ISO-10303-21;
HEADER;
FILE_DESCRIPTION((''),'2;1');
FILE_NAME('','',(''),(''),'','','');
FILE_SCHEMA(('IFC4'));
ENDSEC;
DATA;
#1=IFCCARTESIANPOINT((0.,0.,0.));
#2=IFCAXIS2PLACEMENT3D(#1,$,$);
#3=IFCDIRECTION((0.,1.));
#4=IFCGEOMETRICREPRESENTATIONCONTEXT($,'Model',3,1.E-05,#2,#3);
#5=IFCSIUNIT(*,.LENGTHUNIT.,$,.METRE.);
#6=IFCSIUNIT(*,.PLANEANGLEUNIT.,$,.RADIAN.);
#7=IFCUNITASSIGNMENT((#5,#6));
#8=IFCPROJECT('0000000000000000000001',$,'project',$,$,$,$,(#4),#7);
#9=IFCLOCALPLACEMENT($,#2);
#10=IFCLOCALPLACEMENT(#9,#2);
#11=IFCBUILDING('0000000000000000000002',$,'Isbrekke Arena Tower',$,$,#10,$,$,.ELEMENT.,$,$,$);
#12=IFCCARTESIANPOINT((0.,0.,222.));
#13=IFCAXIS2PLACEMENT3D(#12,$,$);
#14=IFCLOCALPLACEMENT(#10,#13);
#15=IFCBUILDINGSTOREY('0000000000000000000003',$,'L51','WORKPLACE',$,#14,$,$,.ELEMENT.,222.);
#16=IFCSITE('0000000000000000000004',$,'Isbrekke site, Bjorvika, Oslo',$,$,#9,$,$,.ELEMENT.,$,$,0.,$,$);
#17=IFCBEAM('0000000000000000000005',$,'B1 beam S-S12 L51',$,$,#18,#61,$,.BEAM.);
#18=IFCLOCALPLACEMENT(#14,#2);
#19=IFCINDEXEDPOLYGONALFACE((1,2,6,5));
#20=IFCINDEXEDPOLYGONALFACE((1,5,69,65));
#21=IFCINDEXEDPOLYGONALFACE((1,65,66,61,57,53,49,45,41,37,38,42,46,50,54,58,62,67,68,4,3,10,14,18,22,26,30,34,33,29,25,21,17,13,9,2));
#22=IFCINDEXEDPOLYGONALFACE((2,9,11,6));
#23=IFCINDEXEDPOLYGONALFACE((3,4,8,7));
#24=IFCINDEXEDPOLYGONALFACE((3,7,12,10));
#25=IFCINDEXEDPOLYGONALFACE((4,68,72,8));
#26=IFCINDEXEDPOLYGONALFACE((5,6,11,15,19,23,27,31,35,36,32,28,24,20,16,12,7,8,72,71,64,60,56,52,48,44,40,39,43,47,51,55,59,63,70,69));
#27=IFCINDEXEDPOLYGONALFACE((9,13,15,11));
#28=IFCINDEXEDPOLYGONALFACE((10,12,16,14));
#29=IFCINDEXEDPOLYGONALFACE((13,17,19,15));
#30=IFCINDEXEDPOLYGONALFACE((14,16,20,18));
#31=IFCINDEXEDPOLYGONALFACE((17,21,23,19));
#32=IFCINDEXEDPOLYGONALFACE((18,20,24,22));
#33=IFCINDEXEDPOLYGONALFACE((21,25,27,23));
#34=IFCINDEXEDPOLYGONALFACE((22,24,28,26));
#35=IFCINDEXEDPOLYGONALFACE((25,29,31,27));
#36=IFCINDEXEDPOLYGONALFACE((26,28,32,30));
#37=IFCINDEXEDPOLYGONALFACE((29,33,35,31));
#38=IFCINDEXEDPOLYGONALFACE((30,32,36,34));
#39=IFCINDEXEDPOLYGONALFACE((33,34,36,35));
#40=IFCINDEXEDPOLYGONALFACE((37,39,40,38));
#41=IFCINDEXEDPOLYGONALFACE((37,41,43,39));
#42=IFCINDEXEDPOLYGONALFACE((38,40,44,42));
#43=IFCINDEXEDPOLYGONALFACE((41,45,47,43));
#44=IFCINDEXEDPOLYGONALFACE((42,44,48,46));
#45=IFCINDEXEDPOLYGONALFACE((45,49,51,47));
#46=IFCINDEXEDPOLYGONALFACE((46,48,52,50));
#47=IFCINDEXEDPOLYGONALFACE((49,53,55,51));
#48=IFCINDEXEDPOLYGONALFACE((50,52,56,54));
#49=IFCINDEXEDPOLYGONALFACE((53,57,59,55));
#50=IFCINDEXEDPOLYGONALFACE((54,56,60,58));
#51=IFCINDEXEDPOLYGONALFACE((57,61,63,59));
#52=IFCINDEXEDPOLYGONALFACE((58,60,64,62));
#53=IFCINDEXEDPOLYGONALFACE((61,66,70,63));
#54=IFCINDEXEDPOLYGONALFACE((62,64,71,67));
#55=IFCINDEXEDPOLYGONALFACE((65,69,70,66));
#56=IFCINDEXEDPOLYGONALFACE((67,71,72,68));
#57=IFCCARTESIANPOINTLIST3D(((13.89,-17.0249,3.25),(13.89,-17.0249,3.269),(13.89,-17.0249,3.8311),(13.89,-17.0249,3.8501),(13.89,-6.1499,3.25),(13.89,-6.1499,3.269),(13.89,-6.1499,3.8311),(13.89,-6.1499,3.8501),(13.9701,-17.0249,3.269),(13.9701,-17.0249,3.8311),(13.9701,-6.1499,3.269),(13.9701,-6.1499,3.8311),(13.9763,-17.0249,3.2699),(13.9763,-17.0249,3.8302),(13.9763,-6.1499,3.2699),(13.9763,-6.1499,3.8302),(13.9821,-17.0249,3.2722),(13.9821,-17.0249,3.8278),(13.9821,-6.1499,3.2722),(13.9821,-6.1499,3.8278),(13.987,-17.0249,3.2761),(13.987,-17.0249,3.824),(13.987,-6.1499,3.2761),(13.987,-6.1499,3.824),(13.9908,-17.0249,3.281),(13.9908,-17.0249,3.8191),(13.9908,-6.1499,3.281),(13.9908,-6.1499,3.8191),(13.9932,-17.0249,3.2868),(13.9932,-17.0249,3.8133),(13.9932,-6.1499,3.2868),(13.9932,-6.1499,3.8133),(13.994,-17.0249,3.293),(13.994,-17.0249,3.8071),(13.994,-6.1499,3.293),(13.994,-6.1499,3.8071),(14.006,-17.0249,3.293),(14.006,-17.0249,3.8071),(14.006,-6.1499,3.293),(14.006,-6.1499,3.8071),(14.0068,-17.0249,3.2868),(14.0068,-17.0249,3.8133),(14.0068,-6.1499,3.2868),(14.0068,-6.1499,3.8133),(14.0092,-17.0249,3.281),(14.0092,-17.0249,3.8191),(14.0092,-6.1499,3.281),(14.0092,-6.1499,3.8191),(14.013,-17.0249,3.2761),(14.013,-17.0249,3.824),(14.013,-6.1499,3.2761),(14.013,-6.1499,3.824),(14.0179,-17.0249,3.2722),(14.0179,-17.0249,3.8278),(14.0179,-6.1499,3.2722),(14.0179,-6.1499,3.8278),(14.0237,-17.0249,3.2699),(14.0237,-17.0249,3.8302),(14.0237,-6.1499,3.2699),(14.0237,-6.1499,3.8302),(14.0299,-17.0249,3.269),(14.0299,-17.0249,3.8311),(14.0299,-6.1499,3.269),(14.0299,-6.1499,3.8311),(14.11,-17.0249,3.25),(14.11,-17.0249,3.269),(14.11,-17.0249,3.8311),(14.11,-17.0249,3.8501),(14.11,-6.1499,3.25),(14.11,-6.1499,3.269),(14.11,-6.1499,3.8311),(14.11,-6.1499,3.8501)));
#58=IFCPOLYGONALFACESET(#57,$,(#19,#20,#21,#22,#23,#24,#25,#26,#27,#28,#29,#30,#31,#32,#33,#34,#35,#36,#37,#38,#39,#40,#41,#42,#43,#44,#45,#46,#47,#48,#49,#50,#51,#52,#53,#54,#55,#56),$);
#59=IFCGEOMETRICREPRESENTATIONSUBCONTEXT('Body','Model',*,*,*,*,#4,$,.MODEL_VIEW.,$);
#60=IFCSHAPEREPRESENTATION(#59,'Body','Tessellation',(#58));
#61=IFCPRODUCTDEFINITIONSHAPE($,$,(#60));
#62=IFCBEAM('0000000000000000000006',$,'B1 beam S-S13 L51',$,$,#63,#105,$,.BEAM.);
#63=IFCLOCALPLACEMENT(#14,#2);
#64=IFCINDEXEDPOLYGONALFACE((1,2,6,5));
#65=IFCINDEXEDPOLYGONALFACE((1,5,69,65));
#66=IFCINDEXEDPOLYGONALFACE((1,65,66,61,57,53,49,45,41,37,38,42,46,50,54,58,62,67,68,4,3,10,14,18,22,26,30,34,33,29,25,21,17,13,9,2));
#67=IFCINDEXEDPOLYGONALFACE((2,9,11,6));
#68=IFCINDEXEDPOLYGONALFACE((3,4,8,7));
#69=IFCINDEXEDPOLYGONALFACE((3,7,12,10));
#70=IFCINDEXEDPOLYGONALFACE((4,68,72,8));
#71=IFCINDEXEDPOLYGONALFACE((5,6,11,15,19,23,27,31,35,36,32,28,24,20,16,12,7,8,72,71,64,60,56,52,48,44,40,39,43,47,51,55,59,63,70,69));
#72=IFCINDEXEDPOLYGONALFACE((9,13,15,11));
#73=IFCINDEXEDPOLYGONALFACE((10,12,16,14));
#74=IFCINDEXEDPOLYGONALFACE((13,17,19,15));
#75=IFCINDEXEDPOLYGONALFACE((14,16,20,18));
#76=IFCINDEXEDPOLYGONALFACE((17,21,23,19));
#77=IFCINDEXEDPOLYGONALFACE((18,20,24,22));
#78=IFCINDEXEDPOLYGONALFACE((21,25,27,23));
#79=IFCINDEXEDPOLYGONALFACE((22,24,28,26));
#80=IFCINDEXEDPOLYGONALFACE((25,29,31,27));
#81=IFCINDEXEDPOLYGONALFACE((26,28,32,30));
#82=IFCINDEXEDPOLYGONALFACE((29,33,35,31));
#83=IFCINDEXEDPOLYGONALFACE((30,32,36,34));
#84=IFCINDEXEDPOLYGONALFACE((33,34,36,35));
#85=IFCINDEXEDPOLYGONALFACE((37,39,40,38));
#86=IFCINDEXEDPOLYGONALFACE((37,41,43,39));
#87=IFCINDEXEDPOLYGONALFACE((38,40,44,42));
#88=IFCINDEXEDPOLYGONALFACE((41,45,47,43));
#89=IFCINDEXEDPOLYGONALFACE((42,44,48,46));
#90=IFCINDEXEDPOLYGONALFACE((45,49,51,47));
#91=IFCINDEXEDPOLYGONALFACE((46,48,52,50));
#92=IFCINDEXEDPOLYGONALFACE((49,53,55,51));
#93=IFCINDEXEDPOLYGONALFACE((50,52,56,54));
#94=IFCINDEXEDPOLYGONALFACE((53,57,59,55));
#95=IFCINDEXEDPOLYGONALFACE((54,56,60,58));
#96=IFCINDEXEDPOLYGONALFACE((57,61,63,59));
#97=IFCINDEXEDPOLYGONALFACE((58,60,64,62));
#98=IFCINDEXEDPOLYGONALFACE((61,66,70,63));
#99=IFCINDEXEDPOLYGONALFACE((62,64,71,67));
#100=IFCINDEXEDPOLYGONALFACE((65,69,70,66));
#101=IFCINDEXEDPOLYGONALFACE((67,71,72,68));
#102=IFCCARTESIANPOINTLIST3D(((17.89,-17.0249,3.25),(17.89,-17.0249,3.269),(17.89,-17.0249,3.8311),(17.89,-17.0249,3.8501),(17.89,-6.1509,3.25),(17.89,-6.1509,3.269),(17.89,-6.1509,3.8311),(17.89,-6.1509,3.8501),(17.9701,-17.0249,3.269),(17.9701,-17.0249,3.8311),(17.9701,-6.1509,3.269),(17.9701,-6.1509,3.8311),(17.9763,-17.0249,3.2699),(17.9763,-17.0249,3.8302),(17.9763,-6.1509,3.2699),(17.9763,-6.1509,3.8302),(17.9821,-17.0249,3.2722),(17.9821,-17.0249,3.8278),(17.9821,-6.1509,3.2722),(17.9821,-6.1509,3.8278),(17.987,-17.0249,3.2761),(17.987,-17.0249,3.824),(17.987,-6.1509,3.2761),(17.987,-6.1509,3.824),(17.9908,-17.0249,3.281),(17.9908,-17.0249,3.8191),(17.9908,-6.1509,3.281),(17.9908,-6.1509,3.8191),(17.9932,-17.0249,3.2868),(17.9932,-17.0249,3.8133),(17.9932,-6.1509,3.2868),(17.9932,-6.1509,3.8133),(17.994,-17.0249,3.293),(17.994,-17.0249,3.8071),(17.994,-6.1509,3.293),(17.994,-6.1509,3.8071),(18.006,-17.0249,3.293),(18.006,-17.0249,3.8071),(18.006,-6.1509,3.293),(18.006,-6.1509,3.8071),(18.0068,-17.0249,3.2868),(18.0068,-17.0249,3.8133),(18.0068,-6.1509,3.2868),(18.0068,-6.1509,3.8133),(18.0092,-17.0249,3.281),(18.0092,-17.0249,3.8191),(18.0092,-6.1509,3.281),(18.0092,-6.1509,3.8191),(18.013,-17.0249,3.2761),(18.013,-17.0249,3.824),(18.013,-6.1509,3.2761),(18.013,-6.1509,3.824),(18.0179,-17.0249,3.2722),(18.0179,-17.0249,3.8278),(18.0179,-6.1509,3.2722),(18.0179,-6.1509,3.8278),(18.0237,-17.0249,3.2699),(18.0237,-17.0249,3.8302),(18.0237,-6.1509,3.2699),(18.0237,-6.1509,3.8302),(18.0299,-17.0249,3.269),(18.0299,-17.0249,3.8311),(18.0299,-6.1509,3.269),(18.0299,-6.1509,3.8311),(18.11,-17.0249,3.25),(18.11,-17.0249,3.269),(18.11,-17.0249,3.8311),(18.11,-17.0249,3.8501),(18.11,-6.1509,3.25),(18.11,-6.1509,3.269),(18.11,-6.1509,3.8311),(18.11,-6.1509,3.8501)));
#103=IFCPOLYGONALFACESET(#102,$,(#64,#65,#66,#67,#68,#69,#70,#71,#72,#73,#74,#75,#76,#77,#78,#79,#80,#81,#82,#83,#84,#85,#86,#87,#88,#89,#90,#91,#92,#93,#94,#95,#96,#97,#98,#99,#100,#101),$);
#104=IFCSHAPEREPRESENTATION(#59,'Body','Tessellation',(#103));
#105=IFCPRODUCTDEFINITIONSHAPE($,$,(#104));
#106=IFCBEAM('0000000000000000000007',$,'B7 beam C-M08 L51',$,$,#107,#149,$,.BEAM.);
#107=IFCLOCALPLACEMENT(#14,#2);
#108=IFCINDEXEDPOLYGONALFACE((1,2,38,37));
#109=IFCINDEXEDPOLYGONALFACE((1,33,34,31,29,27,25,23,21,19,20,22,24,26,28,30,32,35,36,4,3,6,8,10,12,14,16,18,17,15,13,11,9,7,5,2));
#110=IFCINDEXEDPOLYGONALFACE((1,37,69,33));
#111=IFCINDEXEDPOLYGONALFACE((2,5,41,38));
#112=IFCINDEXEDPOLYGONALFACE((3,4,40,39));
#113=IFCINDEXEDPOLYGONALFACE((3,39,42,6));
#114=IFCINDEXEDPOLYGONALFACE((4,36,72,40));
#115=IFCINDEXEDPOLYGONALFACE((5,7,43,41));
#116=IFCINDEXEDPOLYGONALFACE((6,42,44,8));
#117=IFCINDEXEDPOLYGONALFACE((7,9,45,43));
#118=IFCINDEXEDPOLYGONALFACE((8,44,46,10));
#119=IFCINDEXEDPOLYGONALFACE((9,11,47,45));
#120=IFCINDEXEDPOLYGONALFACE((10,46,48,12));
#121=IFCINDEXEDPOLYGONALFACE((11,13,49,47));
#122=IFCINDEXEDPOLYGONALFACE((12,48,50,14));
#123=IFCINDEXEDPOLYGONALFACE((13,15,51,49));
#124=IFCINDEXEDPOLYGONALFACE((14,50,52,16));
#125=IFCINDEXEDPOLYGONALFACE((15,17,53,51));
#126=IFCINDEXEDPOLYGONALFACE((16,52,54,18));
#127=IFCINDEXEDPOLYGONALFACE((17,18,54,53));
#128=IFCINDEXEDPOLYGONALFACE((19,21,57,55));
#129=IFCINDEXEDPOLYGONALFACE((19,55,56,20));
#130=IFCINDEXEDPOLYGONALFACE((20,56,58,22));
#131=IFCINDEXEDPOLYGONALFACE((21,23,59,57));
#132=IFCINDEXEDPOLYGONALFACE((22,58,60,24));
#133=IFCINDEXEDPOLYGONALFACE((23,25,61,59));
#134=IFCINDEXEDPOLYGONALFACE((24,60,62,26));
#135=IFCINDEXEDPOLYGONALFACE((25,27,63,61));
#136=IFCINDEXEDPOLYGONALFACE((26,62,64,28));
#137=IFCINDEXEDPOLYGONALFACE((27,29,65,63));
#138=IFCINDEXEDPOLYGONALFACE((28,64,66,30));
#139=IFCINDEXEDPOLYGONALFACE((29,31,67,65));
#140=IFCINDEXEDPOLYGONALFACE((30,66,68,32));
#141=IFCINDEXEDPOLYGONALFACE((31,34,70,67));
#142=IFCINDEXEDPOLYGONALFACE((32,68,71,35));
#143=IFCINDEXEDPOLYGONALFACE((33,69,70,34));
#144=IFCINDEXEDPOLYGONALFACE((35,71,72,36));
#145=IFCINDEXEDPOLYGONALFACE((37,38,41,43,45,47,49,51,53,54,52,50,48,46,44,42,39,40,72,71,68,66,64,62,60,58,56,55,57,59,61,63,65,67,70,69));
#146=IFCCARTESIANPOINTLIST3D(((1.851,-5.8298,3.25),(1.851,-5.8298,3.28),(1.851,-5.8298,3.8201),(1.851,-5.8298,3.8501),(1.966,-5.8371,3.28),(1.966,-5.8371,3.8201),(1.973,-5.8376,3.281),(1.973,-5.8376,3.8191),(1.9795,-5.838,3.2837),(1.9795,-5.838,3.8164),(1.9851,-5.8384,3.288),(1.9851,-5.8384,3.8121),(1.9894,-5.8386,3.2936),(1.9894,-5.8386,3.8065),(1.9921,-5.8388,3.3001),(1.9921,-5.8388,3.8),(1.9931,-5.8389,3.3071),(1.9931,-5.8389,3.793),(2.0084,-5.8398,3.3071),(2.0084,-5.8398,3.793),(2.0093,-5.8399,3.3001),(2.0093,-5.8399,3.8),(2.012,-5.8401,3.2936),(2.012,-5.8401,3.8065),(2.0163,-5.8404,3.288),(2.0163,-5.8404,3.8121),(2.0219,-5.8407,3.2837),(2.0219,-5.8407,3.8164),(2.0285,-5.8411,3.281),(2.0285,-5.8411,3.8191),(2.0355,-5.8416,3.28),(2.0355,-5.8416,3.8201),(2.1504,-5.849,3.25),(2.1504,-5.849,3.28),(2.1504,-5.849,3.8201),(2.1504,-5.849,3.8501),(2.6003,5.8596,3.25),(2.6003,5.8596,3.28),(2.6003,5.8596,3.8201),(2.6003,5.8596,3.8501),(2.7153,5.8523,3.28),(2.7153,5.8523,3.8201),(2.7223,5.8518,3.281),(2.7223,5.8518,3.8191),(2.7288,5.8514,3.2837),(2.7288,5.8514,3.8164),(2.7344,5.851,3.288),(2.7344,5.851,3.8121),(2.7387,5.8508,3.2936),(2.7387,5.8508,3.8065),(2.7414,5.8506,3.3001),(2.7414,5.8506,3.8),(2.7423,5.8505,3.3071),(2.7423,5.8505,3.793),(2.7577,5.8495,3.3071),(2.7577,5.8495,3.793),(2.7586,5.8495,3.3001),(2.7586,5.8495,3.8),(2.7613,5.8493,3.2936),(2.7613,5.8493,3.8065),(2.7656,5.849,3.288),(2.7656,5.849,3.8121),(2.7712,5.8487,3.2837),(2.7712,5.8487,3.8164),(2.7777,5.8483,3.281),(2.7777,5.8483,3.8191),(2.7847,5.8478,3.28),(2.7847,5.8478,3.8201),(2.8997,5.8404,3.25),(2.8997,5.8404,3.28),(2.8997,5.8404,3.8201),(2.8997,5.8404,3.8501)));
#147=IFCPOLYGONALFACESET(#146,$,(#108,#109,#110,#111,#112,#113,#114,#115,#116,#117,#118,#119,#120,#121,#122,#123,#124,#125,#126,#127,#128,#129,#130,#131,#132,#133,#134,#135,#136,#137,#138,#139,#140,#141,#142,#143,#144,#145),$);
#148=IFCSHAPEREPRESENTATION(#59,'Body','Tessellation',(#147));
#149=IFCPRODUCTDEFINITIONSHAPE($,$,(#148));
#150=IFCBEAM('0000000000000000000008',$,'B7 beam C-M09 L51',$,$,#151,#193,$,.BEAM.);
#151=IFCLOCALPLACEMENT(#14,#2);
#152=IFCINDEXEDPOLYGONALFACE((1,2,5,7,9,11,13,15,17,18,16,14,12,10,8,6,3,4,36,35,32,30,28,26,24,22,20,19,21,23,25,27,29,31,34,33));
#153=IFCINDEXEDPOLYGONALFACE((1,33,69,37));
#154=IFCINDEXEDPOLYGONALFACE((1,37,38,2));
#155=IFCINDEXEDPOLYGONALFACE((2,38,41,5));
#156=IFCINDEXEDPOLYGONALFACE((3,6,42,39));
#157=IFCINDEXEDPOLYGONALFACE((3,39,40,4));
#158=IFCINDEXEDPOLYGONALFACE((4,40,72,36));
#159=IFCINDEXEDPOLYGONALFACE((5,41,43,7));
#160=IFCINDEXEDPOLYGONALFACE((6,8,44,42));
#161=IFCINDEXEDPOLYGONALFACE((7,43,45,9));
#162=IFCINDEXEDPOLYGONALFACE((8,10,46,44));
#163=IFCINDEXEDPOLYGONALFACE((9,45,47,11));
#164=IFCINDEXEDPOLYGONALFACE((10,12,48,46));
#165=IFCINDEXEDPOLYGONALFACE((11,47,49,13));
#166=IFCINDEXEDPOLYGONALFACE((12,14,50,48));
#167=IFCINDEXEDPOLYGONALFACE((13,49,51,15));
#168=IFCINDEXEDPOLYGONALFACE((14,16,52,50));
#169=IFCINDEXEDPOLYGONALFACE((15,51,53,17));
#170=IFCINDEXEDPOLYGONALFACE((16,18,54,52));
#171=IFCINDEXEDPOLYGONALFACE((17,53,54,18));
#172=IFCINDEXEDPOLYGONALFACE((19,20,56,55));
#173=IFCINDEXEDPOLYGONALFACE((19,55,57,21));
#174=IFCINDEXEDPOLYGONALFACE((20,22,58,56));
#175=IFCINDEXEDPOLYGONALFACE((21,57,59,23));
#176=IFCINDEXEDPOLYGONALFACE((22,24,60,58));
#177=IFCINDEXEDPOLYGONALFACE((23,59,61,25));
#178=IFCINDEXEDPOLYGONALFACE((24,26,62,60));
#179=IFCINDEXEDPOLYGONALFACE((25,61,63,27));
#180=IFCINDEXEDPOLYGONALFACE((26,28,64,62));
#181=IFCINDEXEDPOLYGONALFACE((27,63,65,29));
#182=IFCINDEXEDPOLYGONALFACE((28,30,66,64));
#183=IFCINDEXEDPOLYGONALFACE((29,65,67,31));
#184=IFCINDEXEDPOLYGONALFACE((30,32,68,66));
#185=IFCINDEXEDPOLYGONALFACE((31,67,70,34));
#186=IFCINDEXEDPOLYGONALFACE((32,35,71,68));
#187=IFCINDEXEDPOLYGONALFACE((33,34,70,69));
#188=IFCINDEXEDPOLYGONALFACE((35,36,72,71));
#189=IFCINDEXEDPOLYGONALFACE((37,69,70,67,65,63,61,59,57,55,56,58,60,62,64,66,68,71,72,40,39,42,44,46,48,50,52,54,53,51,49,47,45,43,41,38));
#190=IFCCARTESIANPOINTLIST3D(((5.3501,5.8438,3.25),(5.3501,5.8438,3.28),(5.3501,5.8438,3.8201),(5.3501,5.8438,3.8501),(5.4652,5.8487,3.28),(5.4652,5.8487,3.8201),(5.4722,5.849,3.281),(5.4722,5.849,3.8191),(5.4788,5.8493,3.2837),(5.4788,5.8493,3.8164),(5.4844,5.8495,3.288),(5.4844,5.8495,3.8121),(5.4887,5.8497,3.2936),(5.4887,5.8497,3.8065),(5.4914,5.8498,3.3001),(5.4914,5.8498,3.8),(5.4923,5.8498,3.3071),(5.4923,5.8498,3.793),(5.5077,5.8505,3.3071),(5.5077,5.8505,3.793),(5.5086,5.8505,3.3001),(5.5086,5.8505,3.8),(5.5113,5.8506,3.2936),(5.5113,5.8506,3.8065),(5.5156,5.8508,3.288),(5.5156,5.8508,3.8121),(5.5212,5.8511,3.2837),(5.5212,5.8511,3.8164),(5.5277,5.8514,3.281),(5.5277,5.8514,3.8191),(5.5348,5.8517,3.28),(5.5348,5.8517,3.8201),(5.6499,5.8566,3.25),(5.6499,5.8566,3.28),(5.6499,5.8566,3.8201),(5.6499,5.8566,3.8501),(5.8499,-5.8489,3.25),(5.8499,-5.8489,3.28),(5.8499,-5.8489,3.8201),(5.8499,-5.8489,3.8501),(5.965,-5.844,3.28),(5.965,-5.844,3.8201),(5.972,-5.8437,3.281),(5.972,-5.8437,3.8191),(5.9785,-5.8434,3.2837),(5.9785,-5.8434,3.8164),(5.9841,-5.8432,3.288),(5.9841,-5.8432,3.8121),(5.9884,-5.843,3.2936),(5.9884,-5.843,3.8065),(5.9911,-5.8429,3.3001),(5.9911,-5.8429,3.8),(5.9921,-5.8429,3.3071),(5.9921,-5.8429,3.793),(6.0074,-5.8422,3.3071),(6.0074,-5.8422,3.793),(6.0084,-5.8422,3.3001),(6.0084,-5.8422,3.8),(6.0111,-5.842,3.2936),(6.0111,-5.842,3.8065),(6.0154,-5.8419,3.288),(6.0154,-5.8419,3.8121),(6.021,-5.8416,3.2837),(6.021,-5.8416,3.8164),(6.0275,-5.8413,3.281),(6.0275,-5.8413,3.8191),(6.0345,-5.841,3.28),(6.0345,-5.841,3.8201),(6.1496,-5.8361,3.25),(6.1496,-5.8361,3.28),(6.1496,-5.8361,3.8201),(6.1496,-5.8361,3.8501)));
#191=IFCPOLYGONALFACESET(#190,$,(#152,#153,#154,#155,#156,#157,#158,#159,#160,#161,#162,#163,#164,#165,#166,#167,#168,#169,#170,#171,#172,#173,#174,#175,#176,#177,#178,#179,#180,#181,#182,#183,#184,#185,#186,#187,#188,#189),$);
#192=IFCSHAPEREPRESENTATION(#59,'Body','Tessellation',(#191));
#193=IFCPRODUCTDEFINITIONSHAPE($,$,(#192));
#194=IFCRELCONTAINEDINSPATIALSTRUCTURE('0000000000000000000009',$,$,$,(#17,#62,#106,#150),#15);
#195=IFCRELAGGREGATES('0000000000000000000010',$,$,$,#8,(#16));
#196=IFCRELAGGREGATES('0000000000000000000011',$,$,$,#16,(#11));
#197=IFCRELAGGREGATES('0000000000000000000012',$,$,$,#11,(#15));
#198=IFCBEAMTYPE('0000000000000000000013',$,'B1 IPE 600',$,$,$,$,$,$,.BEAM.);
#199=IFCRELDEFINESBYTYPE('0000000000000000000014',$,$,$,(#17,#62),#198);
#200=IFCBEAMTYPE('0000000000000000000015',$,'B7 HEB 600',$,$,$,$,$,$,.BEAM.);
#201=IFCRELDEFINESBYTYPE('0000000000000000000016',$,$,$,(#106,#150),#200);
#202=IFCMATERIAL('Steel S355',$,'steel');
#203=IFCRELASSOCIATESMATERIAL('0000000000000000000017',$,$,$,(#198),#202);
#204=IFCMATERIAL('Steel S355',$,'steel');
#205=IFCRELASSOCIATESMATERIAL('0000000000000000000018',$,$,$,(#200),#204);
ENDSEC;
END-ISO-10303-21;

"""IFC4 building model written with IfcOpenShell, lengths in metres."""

from ifc_helpers import new_model, si_unit, direction, frame, origin, origin_2d, place, context, subcontext, project, spatial, i_section, extrude, material, material_profile, profile_set, type_object, element, save


model = new_model("IFC4")

# Units and contexts
model_context = context("Model", 3, precision=1e-05, world=origin(), true_north=direction((0.0, 1.0)))
body_context = subcontext(model_context, "Body", "Model", "MODEL_VIEW")
ifc_project = project(units=[si_unit("LENGTHUNIT", "METRE"), si_unit("PLANEANGLEUNIT", "RADIAN")], contexts=[model_context])

# Site, building, storey
site_placement = place(None, origin())
site = spatial("IfcSite", under=ifc_project, at=site_placement, Name="Isbrekke site, Bjorvika, Oslo", CompositionType="ELEMENT", RefElevation=0.0)
building_placement = place(site_placement, origin())
building = spatial("IfcBuilding", under=site, at=building_placement, Name="Isbrekke Arena Tower", CompositionType="ELEMENT")
storey_placement = place(building_placement, frame((0.0, 0.0, 222.0)))
storey = spatial("IfcBuildingStorey", under=building, at=storey_placement, Name="L51", Description="WORKPLACE", CompositionType="ELEMENT", Elevation=222.0)

# Beams
ifc_material_1 = material(Name="Steel S355", Category="steel")
ifc_material_profile_1 = material_profile(ifc_material_1, i_section(OverallWidth=0.22, OverallDepth=0.6001, WebThickness=0.012, FlangeThickness=0.019, FilletRadius=0.0239, at=origin_2d()), Name="IPE 600")
ifc_profile_set_1 = profile_set([ifc_material_profile_1], Name="Steel S355")
beam_type_1 = type_object("IfcBeamType", Name="B1 IPE 600", PredefinedType="BEAM", material=ifc_profile_set_1)
beam_1_placement = place(storey_placement, frame((14.0, -17.0249, 3.55), z_axis=(0.0, 1.0, 0.0), x_axis=(-1.0, 0.0, 0.0)))
element("IfcBeam", 1, at=beam_1_placement, inside=storey, type_object=beam_type_1, Name="B1 beam S-S12 L51", PredefinedType="BEAM", context=body_context, shape_type="SweptSolid", body=[
    extrude(i_section(OverallWidth=0.22, OverallDepth=0.6001, WebThickness=0.012, FlangeThickness=0.019, FilletRadius=0.0239, at=origin_2d()), origin(), (0.0, 0.0, 1.0), 10.875),
])
beam_2_placement = place(storey_placement, frame((18.0, -17.0249, 3.55), z_axis=(0.0, 1.0, 0.0), x_axis=(-1.0, 0.0, 0.0)))
element("IfcBeam", 2, at=beam_2_placement, inside=storey, type_object=beam_type_1, Name="B1 beam S-S13 L51", PredefinedType="BEAM", context=body_context, shape_type="SweptSolid", body=[
    extrude(i_section(OverallWidth=0.22, OverallDepth=0.6001, WebThickness=0.012, FlangeThickness=0.019, FilletRadius=0.0239, at=origin_2d()), origin(), (0.0, 0.0, 1.0), 10.874),
])
ifc_material_2 = material(Name="Steel S355", Category="steel")
ifc_material_profile_2 = material_profile(ifc_material_2, i_section(OverallWidth=0.3, OverallDepth=0.6001, WebThickness=0.0154, FlangeThickness=0.03, FilletRadius=0.0271, at=origin_2d()), Name="HEB 600")
ifc_profile_set_2 = profile_set([ifc_material_profile_2], Name="Steel S355")
beam_type_2 = type_object("IfcBeamType", Name="B7 HEB 600", PredefinedType="BEAM", material=ifc_profile_set_2)
beam_3_placement = place(storey_placement, frame((2.0007, -5.8394, 3.55), z_axis=(0.063966, 0.997952, 0.0), x_axis=(-0.997952, 0.063966, 0.0)))
element("IfcBeam", 3, at=beam_3_placement, inside=storey, type_object=beam_type_2, Name="B7 beam C-M08 L51", PredefinedType="BEAM", context=body_context, shape_type="SweptSolid", body=[
    extrude(i_section(OverallWidth=0.3, OverallDepth=0.6001, WebThickness=0.0154, FlangeThickness=0.03, FilletRadius=0.0271, at=origin_2d()), origin(), (0.0, 0.0, 1.0), 11.7134),
])
beam_4_placement = place(storey_placement, frame((5.9998, -5.8425, 3.55), z_axis=(-0.042702, 0.999088, 0.0), x_axis=(-0.999088, -0.042702, 0.0)))
element("IfcBeam", 4, at=beam_4_placement, inside=storey, type_object=beam_type_2, Name="B7 beam C-M09 L51", PredefinedType="BEAM", context=body_context, shape_type="SweptSolid", body=[
    extrude(i_section(OverallWidth=0.3, OverallDepth=0.6001, WebThickness=0.0154, FlangeThickness=0.03, FilletRadius=0.0271, at=origin_2d()), origin(), (0.0, 0.0, 1.0), 11.7034),
])

save(model, "model.ifc")
